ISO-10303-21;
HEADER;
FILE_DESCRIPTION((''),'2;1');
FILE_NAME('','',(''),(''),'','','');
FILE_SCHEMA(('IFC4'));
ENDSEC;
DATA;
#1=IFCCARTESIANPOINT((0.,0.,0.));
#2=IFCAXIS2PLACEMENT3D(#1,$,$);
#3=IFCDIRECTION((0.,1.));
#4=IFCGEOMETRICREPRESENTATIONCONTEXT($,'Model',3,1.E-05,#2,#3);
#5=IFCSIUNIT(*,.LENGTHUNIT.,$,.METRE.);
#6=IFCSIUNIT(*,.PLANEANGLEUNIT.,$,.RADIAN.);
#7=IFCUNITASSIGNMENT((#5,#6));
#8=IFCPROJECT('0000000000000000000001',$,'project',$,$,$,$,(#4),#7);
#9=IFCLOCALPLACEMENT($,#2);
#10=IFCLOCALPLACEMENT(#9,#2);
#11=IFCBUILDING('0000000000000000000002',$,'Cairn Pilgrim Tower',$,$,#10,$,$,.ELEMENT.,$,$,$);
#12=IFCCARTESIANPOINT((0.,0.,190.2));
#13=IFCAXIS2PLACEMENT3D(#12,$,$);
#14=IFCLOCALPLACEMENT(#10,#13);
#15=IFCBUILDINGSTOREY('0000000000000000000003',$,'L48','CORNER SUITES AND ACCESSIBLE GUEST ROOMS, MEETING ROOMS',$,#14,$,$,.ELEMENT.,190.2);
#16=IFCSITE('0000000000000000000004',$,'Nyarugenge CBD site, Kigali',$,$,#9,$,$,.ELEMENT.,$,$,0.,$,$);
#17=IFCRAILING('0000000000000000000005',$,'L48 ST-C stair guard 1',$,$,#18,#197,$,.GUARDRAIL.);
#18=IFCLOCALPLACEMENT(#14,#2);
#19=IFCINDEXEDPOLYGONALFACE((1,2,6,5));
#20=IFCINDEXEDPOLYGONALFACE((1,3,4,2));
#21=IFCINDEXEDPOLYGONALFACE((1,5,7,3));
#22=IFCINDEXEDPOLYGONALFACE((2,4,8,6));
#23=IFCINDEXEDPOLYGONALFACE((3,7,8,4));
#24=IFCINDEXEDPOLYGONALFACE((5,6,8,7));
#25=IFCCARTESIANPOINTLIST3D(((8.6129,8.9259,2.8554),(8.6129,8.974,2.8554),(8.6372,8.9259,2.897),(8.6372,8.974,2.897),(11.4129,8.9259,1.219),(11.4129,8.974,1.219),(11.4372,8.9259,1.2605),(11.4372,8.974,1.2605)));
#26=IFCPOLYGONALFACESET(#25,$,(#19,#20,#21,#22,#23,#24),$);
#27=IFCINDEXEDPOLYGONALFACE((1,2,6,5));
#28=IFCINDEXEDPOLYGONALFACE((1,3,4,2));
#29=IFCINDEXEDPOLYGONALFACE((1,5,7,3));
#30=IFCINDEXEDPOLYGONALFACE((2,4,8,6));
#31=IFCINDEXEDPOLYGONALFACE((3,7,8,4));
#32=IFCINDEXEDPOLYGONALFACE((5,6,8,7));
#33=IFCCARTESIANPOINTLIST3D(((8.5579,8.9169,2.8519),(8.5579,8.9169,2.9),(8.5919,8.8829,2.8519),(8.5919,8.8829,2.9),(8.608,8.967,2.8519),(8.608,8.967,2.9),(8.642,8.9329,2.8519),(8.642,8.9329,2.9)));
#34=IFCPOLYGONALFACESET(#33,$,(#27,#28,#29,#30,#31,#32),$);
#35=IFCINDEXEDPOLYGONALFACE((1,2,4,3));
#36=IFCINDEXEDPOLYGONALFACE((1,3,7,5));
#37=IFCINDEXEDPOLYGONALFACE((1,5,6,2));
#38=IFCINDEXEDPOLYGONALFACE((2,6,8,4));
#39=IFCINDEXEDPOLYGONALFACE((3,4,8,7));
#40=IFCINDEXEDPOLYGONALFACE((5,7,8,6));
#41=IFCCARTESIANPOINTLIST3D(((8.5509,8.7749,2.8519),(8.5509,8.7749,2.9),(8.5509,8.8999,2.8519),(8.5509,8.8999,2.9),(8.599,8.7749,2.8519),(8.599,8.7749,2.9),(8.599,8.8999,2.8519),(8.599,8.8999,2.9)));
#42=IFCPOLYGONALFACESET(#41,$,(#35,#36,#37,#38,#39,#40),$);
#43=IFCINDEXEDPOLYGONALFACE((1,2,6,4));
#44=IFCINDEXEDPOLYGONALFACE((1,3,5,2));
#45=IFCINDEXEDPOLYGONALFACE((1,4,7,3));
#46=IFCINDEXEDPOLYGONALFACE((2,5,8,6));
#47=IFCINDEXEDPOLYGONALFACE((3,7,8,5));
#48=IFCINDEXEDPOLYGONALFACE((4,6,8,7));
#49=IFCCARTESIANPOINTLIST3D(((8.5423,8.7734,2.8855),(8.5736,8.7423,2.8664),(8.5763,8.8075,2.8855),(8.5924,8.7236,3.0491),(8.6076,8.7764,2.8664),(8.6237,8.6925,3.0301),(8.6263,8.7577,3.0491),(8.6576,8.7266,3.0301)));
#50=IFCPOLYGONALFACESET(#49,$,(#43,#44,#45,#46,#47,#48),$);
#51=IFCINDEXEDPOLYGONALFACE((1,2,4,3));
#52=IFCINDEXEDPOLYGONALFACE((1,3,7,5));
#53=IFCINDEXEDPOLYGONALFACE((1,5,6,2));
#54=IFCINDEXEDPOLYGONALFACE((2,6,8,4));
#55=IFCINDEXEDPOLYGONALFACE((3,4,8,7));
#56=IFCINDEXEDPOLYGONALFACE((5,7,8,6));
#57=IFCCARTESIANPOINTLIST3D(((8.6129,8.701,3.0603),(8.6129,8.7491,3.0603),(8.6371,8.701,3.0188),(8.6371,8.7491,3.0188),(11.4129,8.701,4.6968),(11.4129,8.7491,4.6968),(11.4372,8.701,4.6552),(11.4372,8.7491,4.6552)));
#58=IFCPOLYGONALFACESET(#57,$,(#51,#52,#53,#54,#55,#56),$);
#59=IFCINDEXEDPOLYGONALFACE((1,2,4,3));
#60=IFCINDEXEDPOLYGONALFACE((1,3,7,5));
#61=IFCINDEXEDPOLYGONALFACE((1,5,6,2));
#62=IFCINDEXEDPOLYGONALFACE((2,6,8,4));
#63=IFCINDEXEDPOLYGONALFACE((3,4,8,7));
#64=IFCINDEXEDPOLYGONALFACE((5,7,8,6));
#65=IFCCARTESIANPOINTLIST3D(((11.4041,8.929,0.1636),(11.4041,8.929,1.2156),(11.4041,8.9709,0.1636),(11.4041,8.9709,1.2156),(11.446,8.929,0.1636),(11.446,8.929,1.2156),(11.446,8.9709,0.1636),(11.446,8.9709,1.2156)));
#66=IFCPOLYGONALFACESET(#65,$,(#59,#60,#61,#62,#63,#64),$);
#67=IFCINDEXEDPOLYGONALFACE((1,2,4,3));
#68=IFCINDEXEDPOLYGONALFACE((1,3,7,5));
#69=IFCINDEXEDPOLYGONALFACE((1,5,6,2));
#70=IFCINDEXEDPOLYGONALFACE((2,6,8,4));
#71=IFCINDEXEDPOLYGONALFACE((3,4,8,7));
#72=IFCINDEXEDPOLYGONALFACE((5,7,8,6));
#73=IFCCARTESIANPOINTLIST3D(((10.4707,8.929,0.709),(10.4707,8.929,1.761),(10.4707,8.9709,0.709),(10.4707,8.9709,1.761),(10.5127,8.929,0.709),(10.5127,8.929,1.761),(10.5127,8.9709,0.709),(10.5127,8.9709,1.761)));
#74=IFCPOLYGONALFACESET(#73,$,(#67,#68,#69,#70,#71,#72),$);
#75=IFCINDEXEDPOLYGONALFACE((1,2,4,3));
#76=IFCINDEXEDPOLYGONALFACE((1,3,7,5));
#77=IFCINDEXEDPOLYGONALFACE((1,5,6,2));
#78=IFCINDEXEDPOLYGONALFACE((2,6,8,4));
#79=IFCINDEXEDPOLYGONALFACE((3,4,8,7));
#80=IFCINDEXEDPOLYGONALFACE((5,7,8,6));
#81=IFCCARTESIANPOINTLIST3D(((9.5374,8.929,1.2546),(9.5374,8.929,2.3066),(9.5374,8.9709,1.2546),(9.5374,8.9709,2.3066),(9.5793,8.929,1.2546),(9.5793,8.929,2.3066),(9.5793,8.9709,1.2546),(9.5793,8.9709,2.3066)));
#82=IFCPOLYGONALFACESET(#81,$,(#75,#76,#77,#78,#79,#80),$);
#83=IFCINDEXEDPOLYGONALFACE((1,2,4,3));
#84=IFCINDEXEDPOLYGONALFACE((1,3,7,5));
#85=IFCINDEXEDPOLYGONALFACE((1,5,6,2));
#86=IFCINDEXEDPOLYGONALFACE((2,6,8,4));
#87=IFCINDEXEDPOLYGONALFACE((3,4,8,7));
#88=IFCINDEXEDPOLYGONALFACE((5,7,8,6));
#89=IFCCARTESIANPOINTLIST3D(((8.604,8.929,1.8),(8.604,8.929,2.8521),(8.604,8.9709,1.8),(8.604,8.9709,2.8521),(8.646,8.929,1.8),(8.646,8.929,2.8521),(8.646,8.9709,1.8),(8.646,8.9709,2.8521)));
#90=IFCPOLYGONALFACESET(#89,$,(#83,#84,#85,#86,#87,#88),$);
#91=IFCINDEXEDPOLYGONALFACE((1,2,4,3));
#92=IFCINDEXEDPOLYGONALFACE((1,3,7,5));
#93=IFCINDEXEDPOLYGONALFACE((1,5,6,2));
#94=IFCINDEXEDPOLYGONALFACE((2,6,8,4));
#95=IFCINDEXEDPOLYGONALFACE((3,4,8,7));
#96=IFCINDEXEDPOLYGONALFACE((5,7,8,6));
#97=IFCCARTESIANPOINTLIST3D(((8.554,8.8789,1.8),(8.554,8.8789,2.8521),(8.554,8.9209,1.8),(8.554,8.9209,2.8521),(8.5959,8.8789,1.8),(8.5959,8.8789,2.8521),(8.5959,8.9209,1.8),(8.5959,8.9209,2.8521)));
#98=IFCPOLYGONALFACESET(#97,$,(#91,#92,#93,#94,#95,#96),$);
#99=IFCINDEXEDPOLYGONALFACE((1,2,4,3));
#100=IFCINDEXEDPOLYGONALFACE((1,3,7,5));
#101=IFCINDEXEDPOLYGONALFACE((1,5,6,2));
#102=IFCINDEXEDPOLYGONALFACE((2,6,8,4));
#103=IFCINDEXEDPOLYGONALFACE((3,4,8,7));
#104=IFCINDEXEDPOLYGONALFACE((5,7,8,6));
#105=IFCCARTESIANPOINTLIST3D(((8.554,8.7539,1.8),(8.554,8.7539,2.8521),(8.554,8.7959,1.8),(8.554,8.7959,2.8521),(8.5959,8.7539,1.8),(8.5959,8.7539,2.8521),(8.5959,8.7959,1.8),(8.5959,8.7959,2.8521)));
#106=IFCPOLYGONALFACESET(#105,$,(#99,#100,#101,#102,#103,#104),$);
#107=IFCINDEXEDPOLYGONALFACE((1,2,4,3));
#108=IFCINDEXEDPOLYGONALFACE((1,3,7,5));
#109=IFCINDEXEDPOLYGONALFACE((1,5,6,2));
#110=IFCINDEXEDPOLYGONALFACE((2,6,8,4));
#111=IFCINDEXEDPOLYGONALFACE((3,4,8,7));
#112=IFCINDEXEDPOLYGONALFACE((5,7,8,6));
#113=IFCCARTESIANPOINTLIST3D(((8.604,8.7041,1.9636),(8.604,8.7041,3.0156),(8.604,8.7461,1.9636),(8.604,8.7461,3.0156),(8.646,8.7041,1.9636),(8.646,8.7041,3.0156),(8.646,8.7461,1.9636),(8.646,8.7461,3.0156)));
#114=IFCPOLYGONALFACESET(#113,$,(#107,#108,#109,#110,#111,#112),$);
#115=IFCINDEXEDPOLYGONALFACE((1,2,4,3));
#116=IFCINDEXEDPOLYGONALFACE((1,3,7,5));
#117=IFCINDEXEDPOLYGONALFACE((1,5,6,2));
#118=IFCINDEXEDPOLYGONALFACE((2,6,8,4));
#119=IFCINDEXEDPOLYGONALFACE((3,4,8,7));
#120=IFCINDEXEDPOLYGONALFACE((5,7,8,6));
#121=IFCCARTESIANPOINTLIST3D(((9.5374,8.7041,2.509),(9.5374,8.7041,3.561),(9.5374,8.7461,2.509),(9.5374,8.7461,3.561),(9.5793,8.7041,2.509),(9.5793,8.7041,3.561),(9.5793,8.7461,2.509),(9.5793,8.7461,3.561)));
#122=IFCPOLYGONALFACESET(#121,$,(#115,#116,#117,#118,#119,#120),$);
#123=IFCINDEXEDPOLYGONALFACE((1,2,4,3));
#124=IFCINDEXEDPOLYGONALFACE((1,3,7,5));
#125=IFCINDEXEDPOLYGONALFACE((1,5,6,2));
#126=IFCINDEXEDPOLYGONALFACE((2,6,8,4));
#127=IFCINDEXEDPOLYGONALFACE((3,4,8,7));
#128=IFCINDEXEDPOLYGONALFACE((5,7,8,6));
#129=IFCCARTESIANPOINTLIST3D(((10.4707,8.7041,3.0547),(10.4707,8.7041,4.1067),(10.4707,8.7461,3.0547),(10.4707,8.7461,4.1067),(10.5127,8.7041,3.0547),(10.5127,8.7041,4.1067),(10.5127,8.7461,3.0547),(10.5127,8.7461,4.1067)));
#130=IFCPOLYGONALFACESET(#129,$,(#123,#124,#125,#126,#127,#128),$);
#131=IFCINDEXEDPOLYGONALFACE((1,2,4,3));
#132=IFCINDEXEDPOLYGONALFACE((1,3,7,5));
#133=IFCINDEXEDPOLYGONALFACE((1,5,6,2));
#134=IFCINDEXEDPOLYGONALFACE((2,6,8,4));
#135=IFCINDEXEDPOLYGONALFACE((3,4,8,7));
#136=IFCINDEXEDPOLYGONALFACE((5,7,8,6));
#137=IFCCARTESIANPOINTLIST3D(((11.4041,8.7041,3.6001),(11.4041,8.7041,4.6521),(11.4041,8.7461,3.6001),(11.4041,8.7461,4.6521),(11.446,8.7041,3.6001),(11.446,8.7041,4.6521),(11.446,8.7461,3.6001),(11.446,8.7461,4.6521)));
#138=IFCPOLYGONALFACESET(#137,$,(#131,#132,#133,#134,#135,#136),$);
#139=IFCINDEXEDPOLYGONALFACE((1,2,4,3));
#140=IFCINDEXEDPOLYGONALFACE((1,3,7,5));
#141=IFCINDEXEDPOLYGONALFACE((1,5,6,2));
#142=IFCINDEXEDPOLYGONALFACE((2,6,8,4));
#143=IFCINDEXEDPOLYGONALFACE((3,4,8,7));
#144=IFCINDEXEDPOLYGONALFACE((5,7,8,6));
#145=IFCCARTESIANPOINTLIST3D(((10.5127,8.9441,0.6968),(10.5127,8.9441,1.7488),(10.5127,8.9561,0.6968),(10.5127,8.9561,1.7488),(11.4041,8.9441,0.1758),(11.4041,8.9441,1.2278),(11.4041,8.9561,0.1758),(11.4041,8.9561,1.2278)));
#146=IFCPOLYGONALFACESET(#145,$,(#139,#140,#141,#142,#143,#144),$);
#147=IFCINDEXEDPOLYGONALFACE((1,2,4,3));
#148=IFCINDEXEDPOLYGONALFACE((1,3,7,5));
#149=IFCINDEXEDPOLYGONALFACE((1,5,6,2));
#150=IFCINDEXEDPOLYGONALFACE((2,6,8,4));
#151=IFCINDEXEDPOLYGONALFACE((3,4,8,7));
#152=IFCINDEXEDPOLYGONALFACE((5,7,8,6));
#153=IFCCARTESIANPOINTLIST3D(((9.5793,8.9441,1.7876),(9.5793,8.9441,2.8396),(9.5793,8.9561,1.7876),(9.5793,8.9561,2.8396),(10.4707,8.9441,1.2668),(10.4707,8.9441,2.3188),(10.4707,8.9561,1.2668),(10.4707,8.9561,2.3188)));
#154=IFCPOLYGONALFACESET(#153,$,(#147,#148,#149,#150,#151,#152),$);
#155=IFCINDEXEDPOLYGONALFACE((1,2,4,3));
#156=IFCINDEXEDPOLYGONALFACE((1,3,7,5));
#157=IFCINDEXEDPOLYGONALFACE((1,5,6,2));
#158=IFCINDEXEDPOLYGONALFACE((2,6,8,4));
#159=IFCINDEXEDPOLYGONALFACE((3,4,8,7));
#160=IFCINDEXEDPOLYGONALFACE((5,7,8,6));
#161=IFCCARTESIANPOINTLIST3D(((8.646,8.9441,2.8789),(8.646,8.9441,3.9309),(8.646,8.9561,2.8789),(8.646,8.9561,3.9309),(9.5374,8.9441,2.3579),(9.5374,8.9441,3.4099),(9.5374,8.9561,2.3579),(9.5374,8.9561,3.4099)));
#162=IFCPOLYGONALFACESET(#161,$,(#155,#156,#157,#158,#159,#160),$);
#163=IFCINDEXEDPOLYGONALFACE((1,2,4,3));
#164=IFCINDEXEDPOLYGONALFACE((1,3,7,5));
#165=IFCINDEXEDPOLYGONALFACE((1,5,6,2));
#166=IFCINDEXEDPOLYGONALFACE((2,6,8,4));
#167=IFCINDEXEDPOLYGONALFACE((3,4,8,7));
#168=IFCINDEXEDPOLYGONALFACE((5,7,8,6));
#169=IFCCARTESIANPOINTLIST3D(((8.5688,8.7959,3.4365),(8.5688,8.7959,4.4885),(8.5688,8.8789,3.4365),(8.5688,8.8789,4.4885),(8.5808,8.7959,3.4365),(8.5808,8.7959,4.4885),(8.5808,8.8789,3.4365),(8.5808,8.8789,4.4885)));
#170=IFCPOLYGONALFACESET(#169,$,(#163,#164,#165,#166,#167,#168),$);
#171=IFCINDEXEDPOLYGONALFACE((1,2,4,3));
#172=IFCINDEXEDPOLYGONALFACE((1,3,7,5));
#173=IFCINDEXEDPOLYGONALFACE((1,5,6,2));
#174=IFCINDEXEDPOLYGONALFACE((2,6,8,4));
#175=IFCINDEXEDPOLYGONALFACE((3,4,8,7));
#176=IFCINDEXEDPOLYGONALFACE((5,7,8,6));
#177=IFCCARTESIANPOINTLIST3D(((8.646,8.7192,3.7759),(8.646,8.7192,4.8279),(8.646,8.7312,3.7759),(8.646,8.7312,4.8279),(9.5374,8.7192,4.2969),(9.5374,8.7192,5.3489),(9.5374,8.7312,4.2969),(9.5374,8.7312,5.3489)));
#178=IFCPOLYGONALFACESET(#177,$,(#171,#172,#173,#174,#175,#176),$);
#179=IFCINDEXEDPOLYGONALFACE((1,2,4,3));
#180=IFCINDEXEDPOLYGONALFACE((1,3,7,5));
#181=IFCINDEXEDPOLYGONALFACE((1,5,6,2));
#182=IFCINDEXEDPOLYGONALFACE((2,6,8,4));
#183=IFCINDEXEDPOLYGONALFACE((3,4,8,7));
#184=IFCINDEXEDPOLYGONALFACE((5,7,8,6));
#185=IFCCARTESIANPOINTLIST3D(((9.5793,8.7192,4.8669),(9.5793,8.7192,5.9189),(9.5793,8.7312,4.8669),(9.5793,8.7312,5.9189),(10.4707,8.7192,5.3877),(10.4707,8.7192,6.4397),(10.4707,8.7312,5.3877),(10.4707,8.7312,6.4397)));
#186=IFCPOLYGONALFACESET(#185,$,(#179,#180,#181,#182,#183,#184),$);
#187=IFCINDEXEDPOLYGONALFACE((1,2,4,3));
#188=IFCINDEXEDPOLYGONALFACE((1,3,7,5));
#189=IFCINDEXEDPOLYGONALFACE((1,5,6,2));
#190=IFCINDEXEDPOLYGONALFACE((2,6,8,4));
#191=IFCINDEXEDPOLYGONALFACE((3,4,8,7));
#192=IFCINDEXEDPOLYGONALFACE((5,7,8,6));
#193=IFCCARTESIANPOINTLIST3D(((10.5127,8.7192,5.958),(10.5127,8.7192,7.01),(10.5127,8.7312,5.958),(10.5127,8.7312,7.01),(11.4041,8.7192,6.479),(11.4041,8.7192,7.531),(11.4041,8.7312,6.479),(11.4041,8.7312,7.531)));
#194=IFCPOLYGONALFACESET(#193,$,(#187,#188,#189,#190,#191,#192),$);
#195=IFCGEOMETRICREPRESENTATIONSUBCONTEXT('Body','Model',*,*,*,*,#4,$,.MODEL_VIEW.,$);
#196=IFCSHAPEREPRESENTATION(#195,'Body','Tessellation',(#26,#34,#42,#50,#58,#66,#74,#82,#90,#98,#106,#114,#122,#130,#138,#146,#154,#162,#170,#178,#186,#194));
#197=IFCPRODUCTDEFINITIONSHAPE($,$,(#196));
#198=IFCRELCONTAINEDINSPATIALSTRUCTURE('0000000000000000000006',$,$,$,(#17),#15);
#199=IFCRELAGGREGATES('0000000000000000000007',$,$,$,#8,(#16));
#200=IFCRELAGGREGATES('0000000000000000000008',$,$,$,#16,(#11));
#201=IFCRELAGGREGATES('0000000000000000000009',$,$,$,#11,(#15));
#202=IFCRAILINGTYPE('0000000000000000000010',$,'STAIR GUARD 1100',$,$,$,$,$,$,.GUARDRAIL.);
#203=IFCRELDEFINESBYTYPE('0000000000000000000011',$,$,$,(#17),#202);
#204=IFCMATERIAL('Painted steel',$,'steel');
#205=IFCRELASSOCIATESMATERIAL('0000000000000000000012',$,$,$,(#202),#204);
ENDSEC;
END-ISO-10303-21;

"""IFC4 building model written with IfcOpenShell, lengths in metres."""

from ifc_helpers import new_model, si_unit, direction, frame, origin, origin_2d, place, context, subcontext, project, spatial, polyline, rectangle, outline, extrude, material, type_object, element, save


model = new_model("IFC4")

# Units and contexts
model_context = context("Model", 3, precision=1e-05, world=origin(), true_north=direction((0.0, 1.0)))
body_context = subcontext(model_context, "Body", "Model", "MODEL_VIEW")
ifc_project = project(units=[si_unit("LENGTHUNIT", "METRE"), si_unit("PLANEANGLEUNIT", "RADIAN")], contexts=[model_context])

# Site, building, storey
site_placement = place(None, origin())
site = spatial("IfcSite", under=ifc_project, at=site_placement, Name="Nyarugenge CBD site, Kigali", CompositionType="ELEMENT", RefElevation=0.0)
building_placement = place(site_placement, origin())
building = spatial("IfcBuilding", under=site, at=building_placement, Name="Cairn Pilgrim Tower", CompositionType="ELEMENT")
storey_placement = place(building_placement, frame((0.0, 0.0, 190.2)))
storey = spatial("IfcBuildingStorey", under=building, at=storey_placement, Name="L48", Description="CORNER SUITES AND ACCESSIBLE GUEST ROOMS, MEETING ROOMS", CompositionType="ELEMENT", Elevation=190.2)

# Shared definitions
ifc_material_1 = material(Name="Painted steel", Category="steel")

# Railing
railing_type_1 = type_object("IfcRailingType", Name="STAIR GUARD 1100", PredefinedType="GUARDRAIL", material=ifc_material_1)
railing_1_placement = place(storey_placement, frame((11.425, 8.95, 0.1636)))
element("IfcRailing", 1, at=railing_1_placement, inside=storey, type_object=railing_type_1, Name="L48 ST-C stair guard 1", PredefinedType="GUARDRAIL", context=body_context, shape_type="SweptSolid", body=[
    extrude(rectangle(XDim=0.0481, YDim=0.0481, at=origin_2d()), frame((0.0, 0.0, 1.0762), z_axis=(-0.863361, 0.0, 0.504587), x_axis=(0.0, -1.0, 0.0)), (0.0, 0.0, 1.0), 3.2432),
    extrude(rectangle(XDim=0.0481, YDim=0.0481, at=origin_2d()), frame((-2.8, 0.0, 2.7124), z_axis=(-0.707107, -0.707107, 0.0), x_axis=(0.707107, -0.707107, 0.0)), (0.0, 0.0, 1.0), 0.0708),
    extrude(rectangle(XDim=0.0481, YDim=0.0481, at=origin_2d()), frame((-2.8501, -0.05, 2.7124), z_axis=(0.0, -1.0, 0.0), x_axis=(1.0, 0.0, 0.0)), (0.0, 0.0, 1.0), 0.125),
    extrude(rectangle(XDim=0.0481, YDim=0.0481, at=origin_2d()), frame((-2.8501, -0.175, 2.7124), z_axis=(0.280917, -0.279546, 0.918118), x_axis=(0.705376, 0.708834, 0.0)), (0.0, 0.0, 1.0), 0.1782),
    extrude(rectangle(XDim=0.0481, YDim=0.0481, at=origin_2d()), frame((-2.8, -0.2249, 2.876), z_axis=(0.863361, 0.0, 0.504587), x_axis=(0.0, 1.0, 0.0)), (0.0, 0.0, 1.0), 3.2432),
    extrude(rectangle(XDim=0.042, YDim=0.042, at=origin_2d()), origin(), (0.0, 0.0, 1.0), 1.052),
    extrude(rectangle(XDim=0.042, YDim=0.042, at=origin_2d()), frame((-0.9333, 0.0, 0.5454)), (0.0, 0.0, 1.0), 1.052),
    extrude(rectangle(XDim=0.042, YDim=0.042, at=origin_2d()), frame((-1.8667, 0.0, 1.0911)), (0.0, 0.0, 1.0), 1.052),
    extrude(rectangle(XDim=0.042, YDim=0.042, at=origin_2d()), frame((-2.8, 0.0, 1.6365)), (0.0, 0.0, 1.0), 1.052),
    extrude(rectangle(XDim=0.042, YDim=0.042, at=origin_2d()), frame((-2.8501, -0.05, 1.6365)), (0.0, 0.0, 1.0), 1.052),
    extrude(rectangle(XDim=0.042, YDim=0.042, at=origin_2d()), frame((-2.8501, -0.175, 1.6365)), (0.0, 0.0, 1.0), 1.052),
    extrude(rectangle(XDim=0.042, YDim=0.042, at=origin_2d()), frame((-2.8, -0.2249, 1.8)), (0.0, 0.0, 1.0), 1.052),
    extrude(rectangle(XDim=0.042, YDim=0.042, at=origin_2d()), frame((-1.8667, -0.2249, 2.3455)), (0.0, 0.0, 1.0), 1.052),
    extrude(rectangle(XDim=0.042, YDim=0.042, at=origin_2d()), frame((-0.9333, -0.2249, 2.8911)), (0.0, 0.0, 1.0), 1.052),
    extrude(rectangle(XDim=0.042, YDim=0.042, at=origin_2d()), frame((0.0, -0.2249, 3.4365)), (0.0, 0.0, 1.0), 1.052),
    extrude(outline(polyline([(0.021, 0.0122), (0.9124, 0.5332), (0.9124, 1.5852), (0.021, 1.0642), (0.021, 0.0122)])), frame((0.0, -0.0059, 0.0), z_axis=(0.0, 1.0, 0.0), x_axis=(-1.0, 0.0, 0.0)), (0.0, 0.0, 1.0), 0.012),
    extrude(outline(polyline([(0.021, 0.5579), (0.9124, 1.0786), (0.9124, 2.1306), (0.021, 1.6099), (0.021, 0.5579)])), frame((-0.9333, -0.0059, 0.5454), z_axis=(0.0, 1.0, 0.0), x_axis=(-1.0, 0.0, 0.0)), (0.0, 0.0, 1.0), 0.012),
    extrude(outline(polyline([(0.021, 1.1033), (0.9124, 1.6243), (0.9124, 2.6763), (0.021, 2.1553), (0.021, 1.1033)])), frame((-1.8667, -0.0059, 1.0911), z_axis=(0.0, 1.0, 0.0), x_axis=(-1.0, 0.0, 0.0)), (0.0, 0.0, 1.0), 0.012),
    extrude(outline(polyline([(0.021, 1.6365), (0.104, 1.6365), (0.104, 2.6885), (0.021, 2.6885), (0.021, 1.6365)])), frame((-2.8442, -0.05, 1.6365), z_axis=(-1.0, 0.0, 0.0), x_axis=(0.0, -1.0, 0.0)), (0.0, 0.0, 1.0), 0.012),
    extrude(outline(polyline([(0.021, 1.8123), (0.9124, 2.3333), (0.9124, 3.3853), (0.021, 2.8643), (0.021, 1.8123)])), frame((-2.8, -0.2188, 1.8), z_axis=(0.0, -1.0, 0.0), x_axis=(1.0, 0.0, 0.0)), (0.0, 0.0, 1.0), 0.012),
    extrude(outline(polyline([(0.021, 2.3579), (0.9124, 2.8787), (0.9124, 3.9307), (0.021, 3.4099), (0.021, 2.3579)])), frame((-1.8667, -0.2188, 2.3455), z_axis=(0.0, -1.0, 0.0), x_axis=(1.0, 0.0, 0.0)), (0.0, 0.0, 1.0), 0.012),
    extrude(outline(polyline([(0.021, 2.9033), (0.9124, 3.4243), (0.9124, 4.4763), (0.021, 3.9553), (0.021, 2.9033)])), frame((-0.9333, -0.2188, 2.8911), z_axis=(0.0, -1.0, 0.0), x_axis=(1.0, 0.0, 0.0)), (0.0, 0.0, 1.0), 0.012),
])

save(model, "model.ifc")
